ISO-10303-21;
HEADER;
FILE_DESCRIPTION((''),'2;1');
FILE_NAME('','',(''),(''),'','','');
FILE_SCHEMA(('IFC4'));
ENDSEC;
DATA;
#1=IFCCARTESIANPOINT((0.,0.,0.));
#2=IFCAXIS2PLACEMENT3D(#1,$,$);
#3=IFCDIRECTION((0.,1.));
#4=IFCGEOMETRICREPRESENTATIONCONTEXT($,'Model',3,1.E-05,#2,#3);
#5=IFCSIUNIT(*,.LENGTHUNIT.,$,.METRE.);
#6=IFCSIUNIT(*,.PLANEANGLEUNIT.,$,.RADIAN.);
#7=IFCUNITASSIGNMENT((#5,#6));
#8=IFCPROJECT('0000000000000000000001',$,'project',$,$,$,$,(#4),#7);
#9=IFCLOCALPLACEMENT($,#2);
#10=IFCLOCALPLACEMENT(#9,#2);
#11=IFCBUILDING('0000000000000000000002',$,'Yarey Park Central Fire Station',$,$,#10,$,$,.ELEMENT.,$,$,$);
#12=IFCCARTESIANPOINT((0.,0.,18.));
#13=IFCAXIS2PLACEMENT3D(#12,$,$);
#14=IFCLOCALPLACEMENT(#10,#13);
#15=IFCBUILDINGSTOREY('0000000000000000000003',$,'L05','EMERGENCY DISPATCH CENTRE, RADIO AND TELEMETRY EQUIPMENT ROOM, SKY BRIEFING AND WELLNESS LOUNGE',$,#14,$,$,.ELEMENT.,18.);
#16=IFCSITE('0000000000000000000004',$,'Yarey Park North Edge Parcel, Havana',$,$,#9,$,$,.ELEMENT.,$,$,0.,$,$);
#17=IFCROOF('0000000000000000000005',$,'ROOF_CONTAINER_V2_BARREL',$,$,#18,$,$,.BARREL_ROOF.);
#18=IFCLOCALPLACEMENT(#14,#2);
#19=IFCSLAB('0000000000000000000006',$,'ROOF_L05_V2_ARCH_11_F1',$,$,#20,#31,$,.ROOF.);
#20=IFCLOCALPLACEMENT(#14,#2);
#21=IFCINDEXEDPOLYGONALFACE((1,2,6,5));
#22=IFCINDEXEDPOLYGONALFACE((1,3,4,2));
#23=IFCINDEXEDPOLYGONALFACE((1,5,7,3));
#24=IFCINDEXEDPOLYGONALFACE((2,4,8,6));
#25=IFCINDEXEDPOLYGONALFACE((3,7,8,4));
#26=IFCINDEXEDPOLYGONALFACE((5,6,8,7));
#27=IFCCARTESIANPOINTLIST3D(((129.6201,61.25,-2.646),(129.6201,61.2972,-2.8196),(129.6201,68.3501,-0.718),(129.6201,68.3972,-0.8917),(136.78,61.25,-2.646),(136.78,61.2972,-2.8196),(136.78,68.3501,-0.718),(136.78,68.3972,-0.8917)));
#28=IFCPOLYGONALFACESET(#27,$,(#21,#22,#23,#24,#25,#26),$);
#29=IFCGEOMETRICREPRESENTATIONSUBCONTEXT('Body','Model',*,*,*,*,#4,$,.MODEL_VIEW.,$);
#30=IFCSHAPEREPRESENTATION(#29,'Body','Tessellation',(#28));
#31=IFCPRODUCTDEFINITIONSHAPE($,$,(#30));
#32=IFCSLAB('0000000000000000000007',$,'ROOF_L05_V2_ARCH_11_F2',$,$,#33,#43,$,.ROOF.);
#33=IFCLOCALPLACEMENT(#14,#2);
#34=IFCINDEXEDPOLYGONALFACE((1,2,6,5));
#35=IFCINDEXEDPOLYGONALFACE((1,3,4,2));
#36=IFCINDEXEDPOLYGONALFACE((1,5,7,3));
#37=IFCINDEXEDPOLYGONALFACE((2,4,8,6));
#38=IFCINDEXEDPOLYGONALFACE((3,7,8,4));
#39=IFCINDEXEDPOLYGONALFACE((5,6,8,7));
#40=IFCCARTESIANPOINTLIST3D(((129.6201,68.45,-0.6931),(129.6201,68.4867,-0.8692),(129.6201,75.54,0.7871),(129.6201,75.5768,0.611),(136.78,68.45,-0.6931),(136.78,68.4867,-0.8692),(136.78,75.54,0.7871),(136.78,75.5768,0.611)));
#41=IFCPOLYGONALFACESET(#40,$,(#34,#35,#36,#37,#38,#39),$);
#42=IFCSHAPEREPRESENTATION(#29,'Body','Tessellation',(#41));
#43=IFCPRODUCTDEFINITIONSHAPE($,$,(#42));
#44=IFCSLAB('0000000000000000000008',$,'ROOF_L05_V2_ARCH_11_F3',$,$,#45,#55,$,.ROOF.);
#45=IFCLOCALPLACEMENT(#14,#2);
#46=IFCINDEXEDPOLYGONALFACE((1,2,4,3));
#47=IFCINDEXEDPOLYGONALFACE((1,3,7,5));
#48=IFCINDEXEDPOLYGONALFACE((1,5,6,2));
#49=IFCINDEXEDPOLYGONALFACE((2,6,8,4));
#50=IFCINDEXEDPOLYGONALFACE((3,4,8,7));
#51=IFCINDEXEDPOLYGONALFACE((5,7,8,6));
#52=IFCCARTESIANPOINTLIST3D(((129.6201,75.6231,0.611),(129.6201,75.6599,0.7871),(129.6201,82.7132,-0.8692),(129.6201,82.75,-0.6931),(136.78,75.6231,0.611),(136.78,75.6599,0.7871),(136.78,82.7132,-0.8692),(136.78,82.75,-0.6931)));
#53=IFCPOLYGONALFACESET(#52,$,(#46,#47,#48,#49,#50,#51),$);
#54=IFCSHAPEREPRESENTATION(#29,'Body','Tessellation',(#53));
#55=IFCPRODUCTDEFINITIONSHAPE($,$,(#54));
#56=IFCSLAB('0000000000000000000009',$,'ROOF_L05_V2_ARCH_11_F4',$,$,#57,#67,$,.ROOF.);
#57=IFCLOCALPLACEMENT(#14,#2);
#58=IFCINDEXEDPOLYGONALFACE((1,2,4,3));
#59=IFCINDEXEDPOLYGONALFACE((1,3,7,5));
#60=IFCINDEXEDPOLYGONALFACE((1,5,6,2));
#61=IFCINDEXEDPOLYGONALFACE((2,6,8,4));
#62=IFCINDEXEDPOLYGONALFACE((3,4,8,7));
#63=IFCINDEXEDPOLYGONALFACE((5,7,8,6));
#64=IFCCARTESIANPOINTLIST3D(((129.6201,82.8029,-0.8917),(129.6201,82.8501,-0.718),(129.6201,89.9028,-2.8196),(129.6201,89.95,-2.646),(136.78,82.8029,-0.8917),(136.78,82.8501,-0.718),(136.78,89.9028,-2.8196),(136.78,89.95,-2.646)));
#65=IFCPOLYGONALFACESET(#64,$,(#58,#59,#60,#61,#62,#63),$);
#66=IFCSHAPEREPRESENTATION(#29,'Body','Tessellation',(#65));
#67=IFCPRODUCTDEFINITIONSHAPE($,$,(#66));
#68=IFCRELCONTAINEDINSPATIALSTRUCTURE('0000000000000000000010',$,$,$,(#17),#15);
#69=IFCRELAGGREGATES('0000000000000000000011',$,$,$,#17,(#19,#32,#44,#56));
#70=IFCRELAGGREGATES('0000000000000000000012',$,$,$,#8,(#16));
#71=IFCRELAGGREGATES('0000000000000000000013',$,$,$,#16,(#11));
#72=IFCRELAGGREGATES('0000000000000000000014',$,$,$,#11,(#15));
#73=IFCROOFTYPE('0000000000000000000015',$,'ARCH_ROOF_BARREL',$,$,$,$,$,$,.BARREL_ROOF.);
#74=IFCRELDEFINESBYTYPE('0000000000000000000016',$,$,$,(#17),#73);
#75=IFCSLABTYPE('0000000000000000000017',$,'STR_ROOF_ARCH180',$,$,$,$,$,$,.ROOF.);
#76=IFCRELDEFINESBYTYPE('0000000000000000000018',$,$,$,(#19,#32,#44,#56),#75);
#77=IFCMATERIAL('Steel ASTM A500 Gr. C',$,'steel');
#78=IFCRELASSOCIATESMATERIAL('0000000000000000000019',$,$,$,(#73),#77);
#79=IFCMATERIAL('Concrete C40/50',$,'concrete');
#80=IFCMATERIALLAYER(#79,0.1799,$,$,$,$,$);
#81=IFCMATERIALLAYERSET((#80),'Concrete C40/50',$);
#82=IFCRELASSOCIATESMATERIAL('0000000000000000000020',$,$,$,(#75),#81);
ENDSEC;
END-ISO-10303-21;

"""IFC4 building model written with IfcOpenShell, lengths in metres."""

from ifc_helpers import new_model, si_unit, direction, frame, origin, place, context, subcontext, project, spatial, polyline, outline, extrude, material, layer, layer_set, type_object, element, aggregate, save


model = new_model("IFC4")

# Units and contexts
model_context = context("Model", 3, precision=1e-05, world=origin(), true_north=direction((0.0, 1.0)))
body_context = subcontext(model_context, "Body", "Model", "MODEL_VIEW")
ifc_project = project(units=[si_unit("LENGTHUNIT", "METRE"), si_unit("PLANEANGLEUNIT", "RADIAN")], contexts=[model_context])

# Site, building, storey
site_placement = place(None, origin())
site = spatial("IfcSite", under=ifc_project, at=site_placement, Name="Yarey Park North Edge Parcel, Havana", CompositionType="ELEMENT", RefElevation=0.0)
building_placement = place(site_placement, origin())
building = spatial("IfcBuilding", under=site, at=building_placement, Name="Yarey Park Central Fire Station", CompositionType="ELEMENT")
storey_placement = place(building_placement, frame((0.0, 0.0, 18.0)))
storey = spatial("IfcBuildingStorey", under=building, at=storey_placement, Name="L05", Description="EMERGENCY DISPATCH CENTRE, RADIO AND TELEMETRY EQUIPMENT ROOM, SKY BRIEFING AND WELLNESS LOUNGE", CompositionType="ELEMENT", Elevation=18.0)

# Shared definitions
ifc_material_1 = material(Name="Steel ASTM A500 Gr. C", Category="steel")

# Roof, slabs
roof_type = type_object("IfcRoofType", Name="ARCH_ROOF_BARREL", PredefinedType="BARREL_ROOF", material=ifc_material_1)
roof_placement = place(storey_placement, origin())
roof = element("IfcRoof", 1, at=roof_placement, inside=storey, type_object=roof_type, Name="ROOF_CONTAINER_V2_BARREL", PredefinedType="BARREL_ROOF")
ifc_material_2 = material(Name="Concrete C40/50", Category="concrete")
ifc_layer_1 = layer(ifc_material_2, 0.1799)
ifc_layer_set_1 = layer_set([ifc_layer_1], Name="Concrete C40/50")
slab_type = type_object("IfcSlabType", Name="STR_ROOF_ARCH180", PredefinedType="ROOF", material=ifc_layer_set_1)
slab_1_placement = place(storey_placement, frame((129.6201, 61.25, -2.646), z_axis=(0.0, -0.262053, 0.965053), x_axis=(1.0, 0.0, 0.0)))
slab_1 = element("IfcSlab", 2, at=slab_1_placement, type_object=slab_type, Name="ROOF_L05_V2_ARCH_11_F1", PredefinedType="ROOF", context=body_context, shape_type="SweptSolid", body=[
    extrude(outline(polyline([(0.0, 0.0), (7.1599, 0.0), (7.1599, 7.3572), (0.0, 7.3572), (0.0, 0.0)])), origin(), (0.0, 0.0, -1.0), 0.1799),
])
slab_2_placement = place(storey_placement, frame((129.6201, 68.45, -0.6931), z_axis=(0.0, -0.204367, 0.978894), x_axis=(1.0, 0.0, 0.0)))
slab_2 = element("IfcSlab", 3, at=slab_2_placement, type_object=slab_type, Name="ROOF_L05_V2_ARCH_11_F2", PredefinedType="ROOF", context=body_context, shape_type="SweptSolid", body=[
    extrude(outline(polyline([(0.0, 0.0), (7.1599, 0.0), (7.1599, 7.243), (0.0, 7.243), (0.0, 0.0)])), origin(), (0.0, 0.0, -1.0), 0.1799),
])
slab_3_placement = place(storey_placement, frame((129.6201, 75.6599, 0.7871), z_axis=(0.0, 0.204367, 0.978894), x_axis=(1.0, 0.0, 0.0)))
slab_3 = element("IfcSlab", 4, at=slab_3_placement, type_object=slab_type, Name="ROOF_L05_V2_ARCH_11_F3", PredefinedType="ROOF", context=body_context, shape_type="SweptSolid", body=[
    extrude(outline(polyline([(0.0, 0.0), (7.1599, 0.0), (7.1599, 7.243), (0.0, 7.243), (0.0, 0.0)])), origin(), (0.0, 0.0, -1.0), 0.1799),
])
slab_4_placement = place(storey_placement, frame((129.6201, 82.8501, -0.718), z_axis=(0.0, 0.262061, 0.965051), x_axis=(1.0, 0.0, 0.0)))
slab_4 = element("IfcSlab", 5, at=slab_4_placement, type_object=slab_type, Name="ROOF_L05_V2_ARCH_11_F4", PredefinedType="ROOF", context=body_context, shape_type="SweptSolid", body=[
    extrude(outline(polyline([(0.0, 0.0), (7.1599, 0.0), (7.1599, 7.357), (0.0, 7.357), (0.0, 0.0)])), origin(), (0.0, 0.0, -1.0), 0.1799),
])
aggregate(roof, [slab_1, slab_2, slab_3, slab_4])

save(model, "model.ifc")
